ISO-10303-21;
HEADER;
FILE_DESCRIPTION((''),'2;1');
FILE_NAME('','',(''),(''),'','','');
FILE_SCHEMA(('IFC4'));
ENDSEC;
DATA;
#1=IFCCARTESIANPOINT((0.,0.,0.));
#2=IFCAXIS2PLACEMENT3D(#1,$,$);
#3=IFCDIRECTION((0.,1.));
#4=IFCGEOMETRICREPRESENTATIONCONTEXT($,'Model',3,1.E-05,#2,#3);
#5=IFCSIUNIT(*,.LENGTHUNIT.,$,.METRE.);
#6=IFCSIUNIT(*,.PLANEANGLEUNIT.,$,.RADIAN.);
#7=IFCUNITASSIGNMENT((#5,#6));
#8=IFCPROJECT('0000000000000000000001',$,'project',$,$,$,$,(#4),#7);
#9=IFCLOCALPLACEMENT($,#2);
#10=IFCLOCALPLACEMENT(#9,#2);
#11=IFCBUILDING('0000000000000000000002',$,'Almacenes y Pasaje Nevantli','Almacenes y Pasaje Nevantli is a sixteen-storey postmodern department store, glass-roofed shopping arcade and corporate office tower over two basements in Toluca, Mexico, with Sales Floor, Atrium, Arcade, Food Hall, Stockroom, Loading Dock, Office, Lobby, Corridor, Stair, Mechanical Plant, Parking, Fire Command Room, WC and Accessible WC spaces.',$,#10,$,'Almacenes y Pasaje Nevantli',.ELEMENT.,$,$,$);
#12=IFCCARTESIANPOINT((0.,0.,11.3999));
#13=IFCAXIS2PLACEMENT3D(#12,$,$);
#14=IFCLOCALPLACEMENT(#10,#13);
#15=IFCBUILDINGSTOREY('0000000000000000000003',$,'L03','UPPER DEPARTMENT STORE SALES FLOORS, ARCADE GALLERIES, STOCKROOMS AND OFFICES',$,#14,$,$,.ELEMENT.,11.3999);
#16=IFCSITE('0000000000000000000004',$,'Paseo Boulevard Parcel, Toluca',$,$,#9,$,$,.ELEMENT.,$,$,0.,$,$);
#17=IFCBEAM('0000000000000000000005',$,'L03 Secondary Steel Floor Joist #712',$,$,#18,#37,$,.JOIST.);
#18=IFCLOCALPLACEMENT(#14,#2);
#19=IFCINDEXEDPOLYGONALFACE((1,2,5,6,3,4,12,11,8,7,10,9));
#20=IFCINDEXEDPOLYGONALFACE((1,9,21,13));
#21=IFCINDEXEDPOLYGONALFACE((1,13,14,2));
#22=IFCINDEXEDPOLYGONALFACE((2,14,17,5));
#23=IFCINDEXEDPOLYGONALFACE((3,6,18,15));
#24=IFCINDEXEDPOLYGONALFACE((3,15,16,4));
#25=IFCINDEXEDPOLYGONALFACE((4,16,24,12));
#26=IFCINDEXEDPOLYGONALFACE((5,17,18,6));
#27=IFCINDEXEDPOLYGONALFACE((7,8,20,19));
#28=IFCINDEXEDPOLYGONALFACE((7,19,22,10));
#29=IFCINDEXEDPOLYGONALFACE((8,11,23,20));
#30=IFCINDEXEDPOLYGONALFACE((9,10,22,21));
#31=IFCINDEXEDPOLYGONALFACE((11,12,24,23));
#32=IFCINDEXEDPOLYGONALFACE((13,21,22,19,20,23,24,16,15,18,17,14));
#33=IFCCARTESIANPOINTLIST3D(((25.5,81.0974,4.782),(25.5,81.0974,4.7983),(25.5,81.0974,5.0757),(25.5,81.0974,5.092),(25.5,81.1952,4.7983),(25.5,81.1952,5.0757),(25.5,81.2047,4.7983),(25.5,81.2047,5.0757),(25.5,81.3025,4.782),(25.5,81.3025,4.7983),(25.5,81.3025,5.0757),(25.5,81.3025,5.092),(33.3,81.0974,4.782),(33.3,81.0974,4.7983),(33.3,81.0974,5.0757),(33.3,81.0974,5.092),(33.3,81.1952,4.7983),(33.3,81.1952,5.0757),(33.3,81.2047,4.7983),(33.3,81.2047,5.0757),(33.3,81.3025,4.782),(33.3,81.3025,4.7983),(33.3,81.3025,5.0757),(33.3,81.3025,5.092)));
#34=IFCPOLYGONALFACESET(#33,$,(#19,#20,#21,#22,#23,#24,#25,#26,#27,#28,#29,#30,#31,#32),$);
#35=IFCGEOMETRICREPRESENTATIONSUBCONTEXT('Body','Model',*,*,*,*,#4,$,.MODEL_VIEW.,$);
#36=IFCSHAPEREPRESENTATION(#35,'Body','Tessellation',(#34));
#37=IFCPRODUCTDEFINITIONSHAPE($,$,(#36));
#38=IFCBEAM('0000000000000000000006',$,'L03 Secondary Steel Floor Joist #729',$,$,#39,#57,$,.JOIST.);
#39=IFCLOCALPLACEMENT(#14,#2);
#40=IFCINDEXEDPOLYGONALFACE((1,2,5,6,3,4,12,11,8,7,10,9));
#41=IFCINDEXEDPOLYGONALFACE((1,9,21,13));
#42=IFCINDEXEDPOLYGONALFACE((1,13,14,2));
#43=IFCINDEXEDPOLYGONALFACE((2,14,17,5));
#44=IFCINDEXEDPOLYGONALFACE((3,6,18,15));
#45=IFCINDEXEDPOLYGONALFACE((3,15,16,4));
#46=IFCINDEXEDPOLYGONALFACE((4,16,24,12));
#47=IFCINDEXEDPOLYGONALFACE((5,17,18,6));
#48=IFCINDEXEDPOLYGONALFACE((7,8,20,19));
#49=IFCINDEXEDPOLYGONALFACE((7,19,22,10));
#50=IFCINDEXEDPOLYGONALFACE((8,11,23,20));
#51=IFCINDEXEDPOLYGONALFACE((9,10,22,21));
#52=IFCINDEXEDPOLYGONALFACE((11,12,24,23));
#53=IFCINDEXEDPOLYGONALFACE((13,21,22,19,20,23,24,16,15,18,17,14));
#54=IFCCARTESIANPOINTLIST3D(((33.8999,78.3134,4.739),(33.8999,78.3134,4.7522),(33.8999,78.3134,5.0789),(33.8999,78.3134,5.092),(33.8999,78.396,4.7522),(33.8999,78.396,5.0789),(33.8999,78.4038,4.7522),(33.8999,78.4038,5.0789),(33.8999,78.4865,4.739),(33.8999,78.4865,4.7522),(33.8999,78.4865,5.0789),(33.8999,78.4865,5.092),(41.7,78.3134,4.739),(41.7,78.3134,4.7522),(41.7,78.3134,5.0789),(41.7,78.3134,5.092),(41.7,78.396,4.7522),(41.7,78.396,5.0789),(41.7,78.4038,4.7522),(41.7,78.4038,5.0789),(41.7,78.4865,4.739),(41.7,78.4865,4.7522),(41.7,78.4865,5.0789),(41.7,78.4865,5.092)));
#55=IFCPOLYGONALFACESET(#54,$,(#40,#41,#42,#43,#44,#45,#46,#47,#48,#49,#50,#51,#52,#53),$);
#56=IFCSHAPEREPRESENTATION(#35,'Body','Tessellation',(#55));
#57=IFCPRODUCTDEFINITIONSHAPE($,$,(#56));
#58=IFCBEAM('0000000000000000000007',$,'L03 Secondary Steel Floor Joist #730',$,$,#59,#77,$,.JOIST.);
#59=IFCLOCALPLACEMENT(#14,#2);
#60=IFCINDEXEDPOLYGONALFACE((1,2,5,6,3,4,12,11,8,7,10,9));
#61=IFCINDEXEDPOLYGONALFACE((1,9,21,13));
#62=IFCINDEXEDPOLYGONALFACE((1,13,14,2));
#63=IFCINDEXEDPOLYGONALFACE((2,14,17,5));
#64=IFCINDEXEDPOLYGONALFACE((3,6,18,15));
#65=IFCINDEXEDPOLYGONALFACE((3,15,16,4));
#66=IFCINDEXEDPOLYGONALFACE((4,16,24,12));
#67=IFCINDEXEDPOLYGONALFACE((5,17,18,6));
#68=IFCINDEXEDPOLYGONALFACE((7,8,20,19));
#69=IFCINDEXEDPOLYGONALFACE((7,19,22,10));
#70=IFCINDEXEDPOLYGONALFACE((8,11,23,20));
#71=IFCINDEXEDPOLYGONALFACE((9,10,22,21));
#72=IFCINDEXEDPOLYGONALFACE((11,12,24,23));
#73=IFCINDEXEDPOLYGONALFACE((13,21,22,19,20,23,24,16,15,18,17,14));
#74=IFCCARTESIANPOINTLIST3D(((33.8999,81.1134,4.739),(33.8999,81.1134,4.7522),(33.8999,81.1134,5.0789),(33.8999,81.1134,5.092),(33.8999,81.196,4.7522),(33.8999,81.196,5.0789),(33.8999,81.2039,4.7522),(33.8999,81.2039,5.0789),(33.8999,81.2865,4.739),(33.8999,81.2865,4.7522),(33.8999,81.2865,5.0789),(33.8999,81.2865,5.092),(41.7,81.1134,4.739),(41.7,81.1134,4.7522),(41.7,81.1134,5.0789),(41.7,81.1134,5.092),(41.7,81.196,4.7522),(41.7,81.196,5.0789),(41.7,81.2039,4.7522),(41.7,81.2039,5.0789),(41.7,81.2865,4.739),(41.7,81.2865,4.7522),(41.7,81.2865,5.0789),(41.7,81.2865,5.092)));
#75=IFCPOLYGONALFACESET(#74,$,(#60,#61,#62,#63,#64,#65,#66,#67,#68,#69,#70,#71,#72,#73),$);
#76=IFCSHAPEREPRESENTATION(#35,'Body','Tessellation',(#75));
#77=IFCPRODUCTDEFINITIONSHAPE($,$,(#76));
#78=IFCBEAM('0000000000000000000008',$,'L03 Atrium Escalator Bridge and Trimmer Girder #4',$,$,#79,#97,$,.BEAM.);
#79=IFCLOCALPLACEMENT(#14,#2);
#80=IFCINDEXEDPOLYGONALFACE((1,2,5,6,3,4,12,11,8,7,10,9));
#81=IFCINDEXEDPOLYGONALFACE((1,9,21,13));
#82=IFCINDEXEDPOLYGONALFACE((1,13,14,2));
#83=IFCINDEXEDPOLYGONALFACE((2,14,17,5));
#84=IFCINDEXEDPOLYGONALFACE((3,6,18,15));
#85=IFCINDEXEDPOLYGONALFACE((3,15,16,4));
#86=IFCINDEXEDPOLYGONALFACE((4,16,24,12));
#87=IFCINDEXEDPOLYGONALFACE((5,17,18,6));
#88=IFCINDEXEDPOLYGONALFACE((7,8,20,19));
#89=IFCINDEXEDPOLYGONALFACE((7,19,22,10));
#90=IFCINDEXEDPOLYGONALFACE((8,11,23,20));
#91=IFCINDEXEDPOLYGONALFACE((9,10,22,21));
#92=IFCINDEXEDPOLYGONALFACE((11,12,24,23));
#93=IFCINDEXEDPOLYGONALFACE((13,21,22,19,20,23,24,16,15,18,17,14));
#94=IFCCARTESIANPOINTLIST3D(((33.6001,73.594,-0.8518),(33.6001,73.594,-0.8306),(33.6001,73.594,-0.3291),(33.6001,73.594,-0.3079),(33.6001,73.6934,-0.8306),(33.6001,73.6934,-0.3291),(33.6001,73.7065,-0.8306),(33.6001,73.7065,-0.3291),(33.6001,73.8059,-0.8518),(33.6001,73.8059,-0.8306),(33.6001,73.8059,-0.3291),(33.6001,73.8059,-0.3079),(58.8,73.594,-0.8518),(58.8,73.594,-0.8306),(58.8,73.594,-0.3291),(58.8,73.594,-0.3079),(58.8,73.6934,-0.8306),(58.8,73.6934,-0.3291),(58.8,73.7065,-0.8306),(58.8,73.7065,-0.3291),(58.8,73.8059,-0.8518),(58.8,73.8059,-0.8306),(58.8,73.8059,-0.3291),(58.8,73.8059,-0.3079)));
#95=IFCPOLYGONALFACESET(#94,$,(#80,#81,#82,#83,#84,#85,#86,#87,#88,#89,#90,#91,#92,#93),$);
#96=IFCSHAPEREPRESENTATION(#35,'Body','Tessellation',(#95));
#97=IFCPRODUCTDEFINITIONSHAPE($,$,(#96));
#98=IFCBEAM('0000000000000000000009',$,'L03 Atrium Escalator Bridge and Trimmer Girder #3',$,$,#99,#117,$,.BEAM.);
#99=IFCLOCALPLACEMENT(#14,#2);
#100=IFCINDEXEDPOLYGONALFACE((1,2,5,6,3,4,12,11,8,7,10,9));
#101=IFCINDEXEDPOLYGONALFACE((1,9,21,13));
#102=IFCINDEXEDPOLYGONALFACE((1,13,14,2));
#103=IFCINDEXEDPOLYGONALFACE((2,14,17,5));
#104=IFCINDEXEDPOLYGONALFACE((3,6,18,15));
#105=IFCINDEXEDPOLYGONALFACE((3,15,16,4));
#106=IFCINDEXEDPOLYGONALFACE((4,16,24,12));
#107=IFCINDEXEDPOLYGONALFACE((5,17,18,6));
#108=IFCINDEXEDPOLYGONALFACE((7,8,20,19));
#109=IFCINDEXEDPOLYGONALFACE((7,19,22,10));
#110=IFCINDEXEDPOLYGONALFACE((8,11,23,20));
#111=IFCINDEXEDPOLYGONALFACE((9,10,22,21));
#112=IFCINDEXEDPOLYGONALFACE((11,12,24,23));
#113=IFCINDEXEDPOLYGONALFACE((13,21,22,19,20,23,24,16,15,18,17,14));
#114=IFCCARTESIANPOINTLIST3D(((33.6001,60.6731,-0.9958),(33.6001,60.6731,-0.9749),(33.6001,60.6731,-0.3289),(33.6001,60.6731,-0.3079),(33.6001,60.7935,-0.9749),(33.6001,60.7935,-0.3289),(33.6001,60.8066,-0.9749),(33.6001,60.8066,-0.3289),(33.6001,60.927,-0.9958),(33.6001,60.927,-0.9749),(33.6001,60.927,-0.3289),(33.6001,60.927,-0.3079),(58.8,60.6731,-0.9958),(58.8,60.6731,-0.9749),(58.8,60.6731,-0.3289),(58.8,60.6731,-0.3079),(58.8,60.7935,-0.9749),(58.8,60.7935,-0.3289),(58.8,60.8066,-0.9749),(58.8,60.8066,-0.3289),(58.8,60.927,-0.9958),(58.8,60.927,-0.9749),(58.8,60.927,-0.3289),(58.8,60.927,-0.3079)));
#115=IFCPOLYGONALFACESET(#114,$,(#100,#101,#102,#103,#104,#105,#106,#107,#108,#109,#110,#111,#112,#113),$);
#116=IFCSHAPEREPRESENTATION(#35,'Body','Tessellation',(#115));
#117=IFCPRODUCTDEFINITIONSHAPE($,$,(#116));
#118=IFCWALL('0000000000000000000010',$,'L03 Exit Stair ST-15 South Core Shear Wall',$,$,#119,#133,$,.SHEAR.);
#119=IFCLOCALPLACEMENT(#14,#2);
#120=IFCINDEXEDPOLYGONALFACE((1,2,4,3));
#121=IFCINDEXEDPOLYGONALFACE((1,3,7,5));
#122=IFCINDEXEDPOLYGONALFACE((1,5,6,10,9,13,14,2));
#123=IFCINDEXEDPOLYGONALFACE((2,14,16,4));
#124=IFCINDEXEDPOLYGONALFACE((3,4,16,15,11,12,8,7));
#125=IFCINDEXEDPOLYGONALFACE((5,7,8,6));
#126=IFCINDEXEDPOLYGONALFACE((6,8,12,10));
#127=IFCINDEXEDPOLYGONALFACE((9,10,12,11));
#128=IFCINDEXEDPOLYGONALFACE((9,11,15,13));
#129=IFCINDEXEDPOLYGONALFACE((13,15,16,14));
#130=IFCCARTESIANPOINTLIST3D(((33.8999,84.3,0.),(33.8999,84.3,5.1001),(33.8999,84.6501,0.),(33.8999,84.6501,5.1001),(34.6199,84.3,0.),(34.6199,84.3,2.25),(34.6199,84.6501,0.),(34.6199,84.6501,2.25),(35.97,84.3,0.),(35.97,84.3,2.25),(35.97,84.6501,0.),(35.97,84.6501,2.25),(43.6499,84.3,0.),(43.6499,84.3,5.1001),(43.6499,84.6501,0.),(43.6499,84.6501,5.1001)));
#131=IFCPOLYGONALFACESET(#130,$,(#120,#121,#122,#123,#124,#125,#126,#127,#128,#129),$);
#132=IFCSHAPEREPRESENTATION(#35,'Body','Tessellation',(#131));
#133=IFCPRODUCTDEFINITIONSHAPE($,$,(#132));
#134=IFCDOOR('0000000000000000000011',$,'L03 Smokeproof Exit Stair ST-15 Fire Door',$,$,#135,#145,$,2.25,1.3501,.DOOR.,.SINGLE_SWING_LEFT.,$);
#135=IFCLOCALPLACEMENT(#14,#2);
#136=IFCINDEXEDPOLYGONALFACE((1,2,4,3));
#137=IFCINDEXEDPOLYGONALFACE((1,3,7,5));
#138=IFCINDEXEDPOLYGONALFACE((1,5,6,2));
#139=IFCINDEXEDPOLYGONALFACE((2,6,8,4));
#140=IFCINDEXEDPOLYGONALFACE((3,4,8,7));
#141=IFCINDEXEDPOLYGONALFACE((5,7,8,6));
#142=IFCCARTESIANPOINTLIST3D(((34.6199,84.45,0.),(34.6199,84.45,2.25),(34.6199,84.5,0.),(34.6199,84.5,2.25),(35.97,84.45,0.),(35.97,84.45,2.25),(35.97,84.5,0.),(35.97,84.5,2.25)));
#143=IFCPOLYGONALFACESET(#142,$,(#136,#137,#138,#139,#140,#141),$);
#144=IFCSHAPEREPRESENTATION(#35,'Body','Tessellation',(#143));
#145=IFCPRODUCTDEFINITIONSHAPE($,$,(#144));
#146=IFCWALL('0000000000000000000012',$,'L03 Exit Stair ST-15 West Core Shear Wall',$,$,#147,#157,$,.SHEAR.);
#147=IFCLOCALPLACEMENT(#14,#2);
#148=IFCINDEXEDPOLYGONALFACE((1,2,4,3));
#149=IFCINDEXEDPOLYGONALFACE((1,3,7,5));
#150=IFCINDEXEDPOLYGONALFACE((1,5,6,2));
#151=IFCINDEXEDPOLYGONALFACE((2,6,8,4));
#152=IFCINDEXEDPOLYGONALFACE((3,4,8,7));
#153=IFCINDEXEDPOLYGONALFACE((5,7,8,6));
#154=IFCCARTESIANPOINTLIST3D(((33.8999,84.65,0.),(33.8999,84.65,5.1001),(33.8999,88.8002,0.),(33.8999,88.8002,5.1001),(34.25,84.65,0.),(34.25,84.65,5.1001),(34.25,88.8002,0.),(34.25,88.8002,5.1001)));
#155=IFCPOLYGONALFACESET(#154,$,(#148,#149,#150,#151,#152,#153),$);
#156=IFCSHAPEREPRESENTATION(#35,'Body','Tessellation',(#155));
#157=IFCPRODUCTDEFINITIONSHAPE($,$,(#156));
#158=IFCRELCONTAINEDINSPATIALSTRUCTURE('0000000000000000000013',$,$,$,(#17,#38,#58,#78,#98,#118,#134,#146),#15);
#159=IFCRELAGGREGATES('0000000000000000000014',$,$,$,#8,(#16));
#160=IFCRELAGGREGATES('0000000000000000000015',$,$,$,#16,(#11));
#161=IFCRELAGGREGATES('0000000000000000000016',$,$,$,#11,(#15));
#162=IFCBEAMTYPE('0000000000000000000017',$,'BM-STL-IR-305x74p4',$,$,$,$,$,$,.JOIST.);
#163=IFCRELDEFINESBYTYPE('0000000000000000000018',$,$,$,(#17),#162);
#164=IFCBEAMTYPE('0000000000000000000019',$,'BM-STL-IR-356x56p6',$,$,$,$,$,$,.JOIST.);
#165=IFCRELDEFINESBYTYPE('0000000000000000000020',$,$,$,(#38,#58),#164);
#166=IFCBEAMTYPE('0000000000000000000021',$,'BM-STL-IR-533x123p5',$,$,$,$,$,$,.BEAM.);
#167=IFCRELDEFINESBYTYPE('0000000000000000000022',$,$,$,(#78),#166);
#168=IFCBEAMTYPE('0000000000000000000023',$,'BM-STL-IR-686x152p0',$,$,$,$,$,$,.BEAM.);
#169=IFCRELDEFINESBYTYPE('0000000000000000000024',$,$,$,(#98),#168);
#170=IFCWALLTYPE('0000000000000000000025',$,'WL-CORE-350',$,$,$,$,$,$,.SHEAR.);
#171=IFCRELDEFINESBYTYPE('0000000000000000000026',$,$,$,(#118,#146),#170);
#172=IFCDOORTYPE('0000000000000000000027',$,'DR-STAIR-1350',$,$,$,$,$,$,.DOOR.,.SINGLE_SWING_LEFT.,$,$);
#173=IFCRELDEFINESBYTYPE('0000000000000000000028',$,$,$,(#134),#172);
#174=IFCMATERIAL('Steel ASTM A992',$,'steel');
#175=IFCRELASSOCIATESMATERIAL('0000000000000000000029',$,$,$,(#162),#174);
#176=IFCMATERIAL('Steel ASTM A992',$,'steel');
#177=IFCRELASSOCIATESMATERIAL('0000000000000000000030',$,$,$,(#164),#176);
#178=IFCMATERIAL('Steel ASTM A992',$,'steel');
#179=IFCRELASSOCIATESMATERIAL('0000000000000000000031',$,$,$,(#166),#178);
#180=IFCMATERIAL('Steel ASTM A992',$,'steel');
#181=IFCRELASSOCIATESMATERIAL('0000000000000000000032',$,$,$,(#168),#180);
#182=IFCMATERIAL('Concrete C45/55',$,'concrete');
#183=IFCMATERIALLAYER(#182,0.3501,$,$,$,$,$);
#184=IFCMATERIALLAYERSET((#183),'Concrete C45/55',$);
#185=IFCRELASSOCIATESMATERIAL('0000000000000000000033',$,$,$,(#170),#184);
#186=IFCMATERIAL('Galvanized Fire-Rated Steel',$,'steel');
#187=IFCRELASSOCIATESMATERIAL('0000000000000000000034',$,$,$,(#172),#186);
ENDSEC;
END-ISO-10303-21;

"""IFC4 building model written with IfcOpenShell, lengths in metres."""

from ifc_helpers import new_model, si_unit, direction, frame, frame_2d, origin, origin_2d, place, context, subcontext, project, spatial, rectangle, i_section, extrude, material, layer, layer_set, material_profile, profile_set, type_object, element, fill, save


model = new_model("IFC4")

# Units and contexts
model_context = context("Model", 3, precision=1e-05, world=origin(), true_north=direction((0.0, 1.0)))
body_context = subcontext(model_context, "Body", "Model", "MODEL_VIEW")
ifc_project = project(units=[si_unit("LENGTHUNIT", "METRE"), si_unit("PLANEANGLEUNIT", "RADIAN")], contexts=[model_context])

# Site, building, storey
site_placement = place(None, origin())
site = spatial("IfcSite", under=ifc_project, at=site_placement, Name="Paseo Boulevard Parcel, Toluca", CompositionType="ELEMENT", RefElevation=0.0)
building_placement = place(site_placement, origin())
building = spatial("IfcBuilding", under=site, at=building_placement, Name="Almacenes y Pasaje Nevantli", Description="Almacenes y Pasaje Nevantli is a sixteen-storey postmodern department store, glass-roofed shopping arcade and corporate office tower over two basements in Toluca, Mexico, with Sales Floor, Atrium, Arcade, Food Hall, Stockroom, Loading Dock, Office, Lobby, Corridor, Stair, Mechanical Plant, Parking, Fire Command Room, WC and Accessible WC spaces.", LongName="Almacenes y Pasaje Nevantli", CompositionType="ELEMENT")
storey_placement = place(building_placement, frame((0.0, 0.0, 11.3999)))
storey = spatial("IfcBuildingStorey", under=building, at=storey_placement, Name="L03", Description="UPPER DEPARTMENT STORE SALES FLOORS, ARCADE GALLERIES, STOCKROOMS AND OFFICES", CompositionType="ELEMENT", Elevation=11.3999)

# Beams
ifc_material_1 = material(Name="Steel ASTM A992", Category="steel")
ifc_material_profile_1 = material_profile(ifc_material_1, i_section(OverallWidth=0.2051, OverallDepth=0.3101, WebThickness=0.0095, FlangeThickness=0.0164, at=origin_2d()), Name="IR 305x74.4")
ifc_profile_set_1 = profile_set([ifc_material_profile_1], Name="Steel ASTM A992")
beam_type_1 = type_object("IfcBeamType", Name="BM-STL-IR-305x74p4", PredefinedType="JOIST", material=ifc_profile_set_1)
for number, where, z_axis, x_axis, name in (
    (1, (25.5, 81.2, 4.937), (1.0, 0.0, 0.0), (0.0, 1.0, 0.0), "L03 Secondary Steel Floor Joist #712"),
):
    element("IfcBeam", number, at=place(storey_placement, frame(where, z_axis=z_axis, x_axis=x_axis)), inside=storey, type_object=beam_type_1, Name=name, PredefinedType="JOIST", context=body_context, shape_type="SweptSolid", body=[
        extrude(i_section(OverallWidth=0.2051, OverallDepth=0.3101, WebThickness=0.0095, FlangeThickness=0.0164, at=origin_2d()), origin(), (0.0, 0.0, 1.0), 7.8),
    ])
ifc_material_2 = material(Name="Steel ASTM A992", Category="steel")
ifc_material_profile_2 = material_profile(ifc_material_2, i_section(OverallWidth=0.1731, OverallDepth=0.353, WebThickness=0.0078, FlangeThickness=0.0132, at=origin_2d()), Name="IR 356x56.6")
ifc_profile_set_2 = profile_set([ifc_material_profile_2], Name="Steel ASTM A992")
beam_type_2 = type_object("IfcBeamType", Name="BM-STL-IR-356x56p6", PredefinedType="JOIST", material=ifc_profile_set_2)
for number, where, z_axis, x_axis, name in (
    (2, (33.8999, 78.3999, 4.9155), (1.0, 0.0, 0.0), (0.0, 1.0, 0.0), "L03 Secondary Steel Floor Joist #729"),
    (3, (33.8999, 81.2, 4.9155), (1.0, 0.0, 0.0), (0.0, 1.0, 0.0), "L03 Secondary Steel Floor Joist #730"),
):
    element("IfcBeam", number, at=place(storey_placement, frame(where, z_axis=z_axis, x_axis=x_axis)), inside=storey, type_object=beam_type_2, Name=name, PredefinedType="JOIST", context=body_context, shape_type="SweptSolid", body=[
        extrude(i_section(OverallWidth=0.1731, OverallDepth=0.353, WebThickness=0.0078, FlangeThickness=0.0132, at=origin_2d()), origin(), (0.0, 0.0, 1.0), 7.8),
    ])
ifc_material_3 = material(Name="Steel ASTM A992", Category="steel")
ifc_material_profile_3 = material_profile(ifc_material_3, i_section(OverallWidth=0.2119, OverallDepth=0.5439, WebThickness=0.0132, FlangeThickness=0.0212, at=origin_2d()), Name="IR 533x123.5")
ifc_profile_set_3 = profile_set([ifc_material_profile_3], Name="Steel ASTM A992")
beam_type_3 = type_object("IfcBeamType", Name="BM-STL-IR-533x123p5", PredefinedType="BEAM", material=ifc_profile_set_3)
beam_1_placement = place(storey_placement, frame((33.6001, 73.7, -0.5798), z_axis=(1.0, 0.0, 0.0), x_axis=(0.0, 1.0, 0.0)))
element("IfcBeam", 4, at=beam_1_placement, inside=storey, type_object=beam_type_3, Name="L03 Atrium Escalator Bridge and Trimmer Girder #4", PredefinedType="BEAM", context=body_context, shape_type="SweptSolid", body=[
    extrude(i_section(OverallWidth=0.2119, OverallDepth=0.5439, WebThickness=0.0132, FlangeThickness=0.0212, at=origin_2d()), origin(), (0.0, 0.0, 1.0), 25.2),
])
ifc_material_4 = material(Name="Steel ASTM A992", Category="steel")
ifc_material_profile_4 = material_profile(ifc_material_4, i_section(OverallWidth=0.2539, OverallDepth=0.688, WebThickness=0.0132, FlangeThickness=0.021, at=origin_2d()), Name="IR 686x152.0")
ifc_profile_set_4 = profile_set([ifc_material_profile_4], Name="Steel ASTM A992")
beam_type_4 = type_object("IfcBeamType", Name="BM-STL-IR-686x152p0", PredefinedType="BEAM", material=ifc_profile_set_4)
beam_2_placement = place(storey_placement, frame((33.6001, 60.8, -0.6519), z_axis=(1.0, 0.0, 0.0), x_axis=(0.0, 1.0, 0.0)))
element("IfcBeam", 5, at=beam_2_placement, inside=storey, type_object=beam_type_4, Name="L03 Atrium Escalator Bridge and Trimmer Girder #3", PredefinedType="BEAM", context=body_context, shape_type="SweptSolid", body=[
    extrude(i_section(OverallWidth=0.2539, OverallDepth=0.688, WebThickness=0.0132, FlangeThickness=0.021, at=origin_2d()), origin(), (0.0, 0.0, 1.0), 25.2),
])

# Wall, opening, door
ifc_material_5 = material(Name="Concrete C45/55", Category="concrete")
ifc_layer = layer(ifc_material_5, 0.3501)
ifc_layer_set = layer_set([ifc_layer], Name="Concrete C45/55")
wall_type = type_object("IfcWallType", Name="WL-CORE-350", PredefinedType="SHEAR", material=ifc_layer_set)
wall_1_placement = place(storey_placement, frame((33.8999, 84.4751, 0.0), z_axis=(0.0, 0.0, 1.0), x_axis=(1.0, 0.0, 0.0)))
wall_1 = element("IfcWall", 6, at=wall_1_placement, inside=storey, type_object=wall_type, Name="L03 Exit Stair ST-15 South Core Shear Wall", PredefinedType="SHEAR", context=body_context, shape_type="SweptSolid", body=[
    extrude(rectangle(XDim=9.75, YDim=0.3501, at=frame_2d((4.875, 0.0))), origin(), (0.0, 0.0, 1.0), 5.1001),
])
opening_placement = place(wall_1_placement, frame((0.72, 0.0, 0.0)))
opening = element("IfcOpeningElement", 7, at=opening_placement, cuts=wall_1, PredefinedType="OPENING", context=body_context, shape_type="SweptSolid", body=[
    extrude(rectangle(XDim=1.3501, YDim=2.25, at=frame_2d((0.675, 1.125))), frame((0.0, 0.1851, 0.0), z_axis=(0.0, -1.0, 0.0), x_axis=(1.0, 0.0, 0.0)), (0.0, 0.0, 1.0), 0.3701),
])
ifc_material_6 = material(Name="Galvanized Fire-Rated Steel", Category="steel")
door_type = type_object("IfcDoorType", Name="DR-STAIR-1350", OperationType="SINGLE_SWING_LEFT", PredefinedType="DOOR", material=ifc_material_6)
door_placement = place(opening_placement, origin())
door = element("IfcDoor", 8, at=door_placement, inside=storey, type_object=door_type, Name="L03 Smokeproof Exit Stair ST-15 Fire Door", OperationType="SINGLE_SWING_LEFT", OverallHeight=2.25, OverallWidth=1.3501, PredefinedType="DOOR", context=body_context, shape_type="SweptSolid", body=[
    extrude(rectangle(XDim=1.3501, YDim=2.25, at=frame_2d((0.675, 1.125))), frame((0.0, 0.0249, 0.0), z_axis=(0.0, -1.0, 0.0), x_axis=(1.0, 0.0, 0.0)), (0.0, 0.0, 1.0), 0.05),
])
fill(opening, door)

# Wall
wall_2_placement = place(storey_placement, frame((34.075, 84.6499, 0.0), z_axis=(0.0, 0.0, 1.0), x_axis=(0.0, 1.0, 0.0)))
element("IfcWall", 9, at=wall_2_placement, inside=storey, type_object=wall_type, Name="L03 Exit Stair ST-15 West Core Shear Wall", PredefinedType="SHEAR", context=body_context, shape_type="SweptSolid", body=[
    extrude(rectangle(XDim=4.1501, YDim=0.3501, at=frame_2d((2.0752, 0.0))), origin(), (0.0, 0.0, 1.0), 5.1001),
])

save(model, "model.ifc")
